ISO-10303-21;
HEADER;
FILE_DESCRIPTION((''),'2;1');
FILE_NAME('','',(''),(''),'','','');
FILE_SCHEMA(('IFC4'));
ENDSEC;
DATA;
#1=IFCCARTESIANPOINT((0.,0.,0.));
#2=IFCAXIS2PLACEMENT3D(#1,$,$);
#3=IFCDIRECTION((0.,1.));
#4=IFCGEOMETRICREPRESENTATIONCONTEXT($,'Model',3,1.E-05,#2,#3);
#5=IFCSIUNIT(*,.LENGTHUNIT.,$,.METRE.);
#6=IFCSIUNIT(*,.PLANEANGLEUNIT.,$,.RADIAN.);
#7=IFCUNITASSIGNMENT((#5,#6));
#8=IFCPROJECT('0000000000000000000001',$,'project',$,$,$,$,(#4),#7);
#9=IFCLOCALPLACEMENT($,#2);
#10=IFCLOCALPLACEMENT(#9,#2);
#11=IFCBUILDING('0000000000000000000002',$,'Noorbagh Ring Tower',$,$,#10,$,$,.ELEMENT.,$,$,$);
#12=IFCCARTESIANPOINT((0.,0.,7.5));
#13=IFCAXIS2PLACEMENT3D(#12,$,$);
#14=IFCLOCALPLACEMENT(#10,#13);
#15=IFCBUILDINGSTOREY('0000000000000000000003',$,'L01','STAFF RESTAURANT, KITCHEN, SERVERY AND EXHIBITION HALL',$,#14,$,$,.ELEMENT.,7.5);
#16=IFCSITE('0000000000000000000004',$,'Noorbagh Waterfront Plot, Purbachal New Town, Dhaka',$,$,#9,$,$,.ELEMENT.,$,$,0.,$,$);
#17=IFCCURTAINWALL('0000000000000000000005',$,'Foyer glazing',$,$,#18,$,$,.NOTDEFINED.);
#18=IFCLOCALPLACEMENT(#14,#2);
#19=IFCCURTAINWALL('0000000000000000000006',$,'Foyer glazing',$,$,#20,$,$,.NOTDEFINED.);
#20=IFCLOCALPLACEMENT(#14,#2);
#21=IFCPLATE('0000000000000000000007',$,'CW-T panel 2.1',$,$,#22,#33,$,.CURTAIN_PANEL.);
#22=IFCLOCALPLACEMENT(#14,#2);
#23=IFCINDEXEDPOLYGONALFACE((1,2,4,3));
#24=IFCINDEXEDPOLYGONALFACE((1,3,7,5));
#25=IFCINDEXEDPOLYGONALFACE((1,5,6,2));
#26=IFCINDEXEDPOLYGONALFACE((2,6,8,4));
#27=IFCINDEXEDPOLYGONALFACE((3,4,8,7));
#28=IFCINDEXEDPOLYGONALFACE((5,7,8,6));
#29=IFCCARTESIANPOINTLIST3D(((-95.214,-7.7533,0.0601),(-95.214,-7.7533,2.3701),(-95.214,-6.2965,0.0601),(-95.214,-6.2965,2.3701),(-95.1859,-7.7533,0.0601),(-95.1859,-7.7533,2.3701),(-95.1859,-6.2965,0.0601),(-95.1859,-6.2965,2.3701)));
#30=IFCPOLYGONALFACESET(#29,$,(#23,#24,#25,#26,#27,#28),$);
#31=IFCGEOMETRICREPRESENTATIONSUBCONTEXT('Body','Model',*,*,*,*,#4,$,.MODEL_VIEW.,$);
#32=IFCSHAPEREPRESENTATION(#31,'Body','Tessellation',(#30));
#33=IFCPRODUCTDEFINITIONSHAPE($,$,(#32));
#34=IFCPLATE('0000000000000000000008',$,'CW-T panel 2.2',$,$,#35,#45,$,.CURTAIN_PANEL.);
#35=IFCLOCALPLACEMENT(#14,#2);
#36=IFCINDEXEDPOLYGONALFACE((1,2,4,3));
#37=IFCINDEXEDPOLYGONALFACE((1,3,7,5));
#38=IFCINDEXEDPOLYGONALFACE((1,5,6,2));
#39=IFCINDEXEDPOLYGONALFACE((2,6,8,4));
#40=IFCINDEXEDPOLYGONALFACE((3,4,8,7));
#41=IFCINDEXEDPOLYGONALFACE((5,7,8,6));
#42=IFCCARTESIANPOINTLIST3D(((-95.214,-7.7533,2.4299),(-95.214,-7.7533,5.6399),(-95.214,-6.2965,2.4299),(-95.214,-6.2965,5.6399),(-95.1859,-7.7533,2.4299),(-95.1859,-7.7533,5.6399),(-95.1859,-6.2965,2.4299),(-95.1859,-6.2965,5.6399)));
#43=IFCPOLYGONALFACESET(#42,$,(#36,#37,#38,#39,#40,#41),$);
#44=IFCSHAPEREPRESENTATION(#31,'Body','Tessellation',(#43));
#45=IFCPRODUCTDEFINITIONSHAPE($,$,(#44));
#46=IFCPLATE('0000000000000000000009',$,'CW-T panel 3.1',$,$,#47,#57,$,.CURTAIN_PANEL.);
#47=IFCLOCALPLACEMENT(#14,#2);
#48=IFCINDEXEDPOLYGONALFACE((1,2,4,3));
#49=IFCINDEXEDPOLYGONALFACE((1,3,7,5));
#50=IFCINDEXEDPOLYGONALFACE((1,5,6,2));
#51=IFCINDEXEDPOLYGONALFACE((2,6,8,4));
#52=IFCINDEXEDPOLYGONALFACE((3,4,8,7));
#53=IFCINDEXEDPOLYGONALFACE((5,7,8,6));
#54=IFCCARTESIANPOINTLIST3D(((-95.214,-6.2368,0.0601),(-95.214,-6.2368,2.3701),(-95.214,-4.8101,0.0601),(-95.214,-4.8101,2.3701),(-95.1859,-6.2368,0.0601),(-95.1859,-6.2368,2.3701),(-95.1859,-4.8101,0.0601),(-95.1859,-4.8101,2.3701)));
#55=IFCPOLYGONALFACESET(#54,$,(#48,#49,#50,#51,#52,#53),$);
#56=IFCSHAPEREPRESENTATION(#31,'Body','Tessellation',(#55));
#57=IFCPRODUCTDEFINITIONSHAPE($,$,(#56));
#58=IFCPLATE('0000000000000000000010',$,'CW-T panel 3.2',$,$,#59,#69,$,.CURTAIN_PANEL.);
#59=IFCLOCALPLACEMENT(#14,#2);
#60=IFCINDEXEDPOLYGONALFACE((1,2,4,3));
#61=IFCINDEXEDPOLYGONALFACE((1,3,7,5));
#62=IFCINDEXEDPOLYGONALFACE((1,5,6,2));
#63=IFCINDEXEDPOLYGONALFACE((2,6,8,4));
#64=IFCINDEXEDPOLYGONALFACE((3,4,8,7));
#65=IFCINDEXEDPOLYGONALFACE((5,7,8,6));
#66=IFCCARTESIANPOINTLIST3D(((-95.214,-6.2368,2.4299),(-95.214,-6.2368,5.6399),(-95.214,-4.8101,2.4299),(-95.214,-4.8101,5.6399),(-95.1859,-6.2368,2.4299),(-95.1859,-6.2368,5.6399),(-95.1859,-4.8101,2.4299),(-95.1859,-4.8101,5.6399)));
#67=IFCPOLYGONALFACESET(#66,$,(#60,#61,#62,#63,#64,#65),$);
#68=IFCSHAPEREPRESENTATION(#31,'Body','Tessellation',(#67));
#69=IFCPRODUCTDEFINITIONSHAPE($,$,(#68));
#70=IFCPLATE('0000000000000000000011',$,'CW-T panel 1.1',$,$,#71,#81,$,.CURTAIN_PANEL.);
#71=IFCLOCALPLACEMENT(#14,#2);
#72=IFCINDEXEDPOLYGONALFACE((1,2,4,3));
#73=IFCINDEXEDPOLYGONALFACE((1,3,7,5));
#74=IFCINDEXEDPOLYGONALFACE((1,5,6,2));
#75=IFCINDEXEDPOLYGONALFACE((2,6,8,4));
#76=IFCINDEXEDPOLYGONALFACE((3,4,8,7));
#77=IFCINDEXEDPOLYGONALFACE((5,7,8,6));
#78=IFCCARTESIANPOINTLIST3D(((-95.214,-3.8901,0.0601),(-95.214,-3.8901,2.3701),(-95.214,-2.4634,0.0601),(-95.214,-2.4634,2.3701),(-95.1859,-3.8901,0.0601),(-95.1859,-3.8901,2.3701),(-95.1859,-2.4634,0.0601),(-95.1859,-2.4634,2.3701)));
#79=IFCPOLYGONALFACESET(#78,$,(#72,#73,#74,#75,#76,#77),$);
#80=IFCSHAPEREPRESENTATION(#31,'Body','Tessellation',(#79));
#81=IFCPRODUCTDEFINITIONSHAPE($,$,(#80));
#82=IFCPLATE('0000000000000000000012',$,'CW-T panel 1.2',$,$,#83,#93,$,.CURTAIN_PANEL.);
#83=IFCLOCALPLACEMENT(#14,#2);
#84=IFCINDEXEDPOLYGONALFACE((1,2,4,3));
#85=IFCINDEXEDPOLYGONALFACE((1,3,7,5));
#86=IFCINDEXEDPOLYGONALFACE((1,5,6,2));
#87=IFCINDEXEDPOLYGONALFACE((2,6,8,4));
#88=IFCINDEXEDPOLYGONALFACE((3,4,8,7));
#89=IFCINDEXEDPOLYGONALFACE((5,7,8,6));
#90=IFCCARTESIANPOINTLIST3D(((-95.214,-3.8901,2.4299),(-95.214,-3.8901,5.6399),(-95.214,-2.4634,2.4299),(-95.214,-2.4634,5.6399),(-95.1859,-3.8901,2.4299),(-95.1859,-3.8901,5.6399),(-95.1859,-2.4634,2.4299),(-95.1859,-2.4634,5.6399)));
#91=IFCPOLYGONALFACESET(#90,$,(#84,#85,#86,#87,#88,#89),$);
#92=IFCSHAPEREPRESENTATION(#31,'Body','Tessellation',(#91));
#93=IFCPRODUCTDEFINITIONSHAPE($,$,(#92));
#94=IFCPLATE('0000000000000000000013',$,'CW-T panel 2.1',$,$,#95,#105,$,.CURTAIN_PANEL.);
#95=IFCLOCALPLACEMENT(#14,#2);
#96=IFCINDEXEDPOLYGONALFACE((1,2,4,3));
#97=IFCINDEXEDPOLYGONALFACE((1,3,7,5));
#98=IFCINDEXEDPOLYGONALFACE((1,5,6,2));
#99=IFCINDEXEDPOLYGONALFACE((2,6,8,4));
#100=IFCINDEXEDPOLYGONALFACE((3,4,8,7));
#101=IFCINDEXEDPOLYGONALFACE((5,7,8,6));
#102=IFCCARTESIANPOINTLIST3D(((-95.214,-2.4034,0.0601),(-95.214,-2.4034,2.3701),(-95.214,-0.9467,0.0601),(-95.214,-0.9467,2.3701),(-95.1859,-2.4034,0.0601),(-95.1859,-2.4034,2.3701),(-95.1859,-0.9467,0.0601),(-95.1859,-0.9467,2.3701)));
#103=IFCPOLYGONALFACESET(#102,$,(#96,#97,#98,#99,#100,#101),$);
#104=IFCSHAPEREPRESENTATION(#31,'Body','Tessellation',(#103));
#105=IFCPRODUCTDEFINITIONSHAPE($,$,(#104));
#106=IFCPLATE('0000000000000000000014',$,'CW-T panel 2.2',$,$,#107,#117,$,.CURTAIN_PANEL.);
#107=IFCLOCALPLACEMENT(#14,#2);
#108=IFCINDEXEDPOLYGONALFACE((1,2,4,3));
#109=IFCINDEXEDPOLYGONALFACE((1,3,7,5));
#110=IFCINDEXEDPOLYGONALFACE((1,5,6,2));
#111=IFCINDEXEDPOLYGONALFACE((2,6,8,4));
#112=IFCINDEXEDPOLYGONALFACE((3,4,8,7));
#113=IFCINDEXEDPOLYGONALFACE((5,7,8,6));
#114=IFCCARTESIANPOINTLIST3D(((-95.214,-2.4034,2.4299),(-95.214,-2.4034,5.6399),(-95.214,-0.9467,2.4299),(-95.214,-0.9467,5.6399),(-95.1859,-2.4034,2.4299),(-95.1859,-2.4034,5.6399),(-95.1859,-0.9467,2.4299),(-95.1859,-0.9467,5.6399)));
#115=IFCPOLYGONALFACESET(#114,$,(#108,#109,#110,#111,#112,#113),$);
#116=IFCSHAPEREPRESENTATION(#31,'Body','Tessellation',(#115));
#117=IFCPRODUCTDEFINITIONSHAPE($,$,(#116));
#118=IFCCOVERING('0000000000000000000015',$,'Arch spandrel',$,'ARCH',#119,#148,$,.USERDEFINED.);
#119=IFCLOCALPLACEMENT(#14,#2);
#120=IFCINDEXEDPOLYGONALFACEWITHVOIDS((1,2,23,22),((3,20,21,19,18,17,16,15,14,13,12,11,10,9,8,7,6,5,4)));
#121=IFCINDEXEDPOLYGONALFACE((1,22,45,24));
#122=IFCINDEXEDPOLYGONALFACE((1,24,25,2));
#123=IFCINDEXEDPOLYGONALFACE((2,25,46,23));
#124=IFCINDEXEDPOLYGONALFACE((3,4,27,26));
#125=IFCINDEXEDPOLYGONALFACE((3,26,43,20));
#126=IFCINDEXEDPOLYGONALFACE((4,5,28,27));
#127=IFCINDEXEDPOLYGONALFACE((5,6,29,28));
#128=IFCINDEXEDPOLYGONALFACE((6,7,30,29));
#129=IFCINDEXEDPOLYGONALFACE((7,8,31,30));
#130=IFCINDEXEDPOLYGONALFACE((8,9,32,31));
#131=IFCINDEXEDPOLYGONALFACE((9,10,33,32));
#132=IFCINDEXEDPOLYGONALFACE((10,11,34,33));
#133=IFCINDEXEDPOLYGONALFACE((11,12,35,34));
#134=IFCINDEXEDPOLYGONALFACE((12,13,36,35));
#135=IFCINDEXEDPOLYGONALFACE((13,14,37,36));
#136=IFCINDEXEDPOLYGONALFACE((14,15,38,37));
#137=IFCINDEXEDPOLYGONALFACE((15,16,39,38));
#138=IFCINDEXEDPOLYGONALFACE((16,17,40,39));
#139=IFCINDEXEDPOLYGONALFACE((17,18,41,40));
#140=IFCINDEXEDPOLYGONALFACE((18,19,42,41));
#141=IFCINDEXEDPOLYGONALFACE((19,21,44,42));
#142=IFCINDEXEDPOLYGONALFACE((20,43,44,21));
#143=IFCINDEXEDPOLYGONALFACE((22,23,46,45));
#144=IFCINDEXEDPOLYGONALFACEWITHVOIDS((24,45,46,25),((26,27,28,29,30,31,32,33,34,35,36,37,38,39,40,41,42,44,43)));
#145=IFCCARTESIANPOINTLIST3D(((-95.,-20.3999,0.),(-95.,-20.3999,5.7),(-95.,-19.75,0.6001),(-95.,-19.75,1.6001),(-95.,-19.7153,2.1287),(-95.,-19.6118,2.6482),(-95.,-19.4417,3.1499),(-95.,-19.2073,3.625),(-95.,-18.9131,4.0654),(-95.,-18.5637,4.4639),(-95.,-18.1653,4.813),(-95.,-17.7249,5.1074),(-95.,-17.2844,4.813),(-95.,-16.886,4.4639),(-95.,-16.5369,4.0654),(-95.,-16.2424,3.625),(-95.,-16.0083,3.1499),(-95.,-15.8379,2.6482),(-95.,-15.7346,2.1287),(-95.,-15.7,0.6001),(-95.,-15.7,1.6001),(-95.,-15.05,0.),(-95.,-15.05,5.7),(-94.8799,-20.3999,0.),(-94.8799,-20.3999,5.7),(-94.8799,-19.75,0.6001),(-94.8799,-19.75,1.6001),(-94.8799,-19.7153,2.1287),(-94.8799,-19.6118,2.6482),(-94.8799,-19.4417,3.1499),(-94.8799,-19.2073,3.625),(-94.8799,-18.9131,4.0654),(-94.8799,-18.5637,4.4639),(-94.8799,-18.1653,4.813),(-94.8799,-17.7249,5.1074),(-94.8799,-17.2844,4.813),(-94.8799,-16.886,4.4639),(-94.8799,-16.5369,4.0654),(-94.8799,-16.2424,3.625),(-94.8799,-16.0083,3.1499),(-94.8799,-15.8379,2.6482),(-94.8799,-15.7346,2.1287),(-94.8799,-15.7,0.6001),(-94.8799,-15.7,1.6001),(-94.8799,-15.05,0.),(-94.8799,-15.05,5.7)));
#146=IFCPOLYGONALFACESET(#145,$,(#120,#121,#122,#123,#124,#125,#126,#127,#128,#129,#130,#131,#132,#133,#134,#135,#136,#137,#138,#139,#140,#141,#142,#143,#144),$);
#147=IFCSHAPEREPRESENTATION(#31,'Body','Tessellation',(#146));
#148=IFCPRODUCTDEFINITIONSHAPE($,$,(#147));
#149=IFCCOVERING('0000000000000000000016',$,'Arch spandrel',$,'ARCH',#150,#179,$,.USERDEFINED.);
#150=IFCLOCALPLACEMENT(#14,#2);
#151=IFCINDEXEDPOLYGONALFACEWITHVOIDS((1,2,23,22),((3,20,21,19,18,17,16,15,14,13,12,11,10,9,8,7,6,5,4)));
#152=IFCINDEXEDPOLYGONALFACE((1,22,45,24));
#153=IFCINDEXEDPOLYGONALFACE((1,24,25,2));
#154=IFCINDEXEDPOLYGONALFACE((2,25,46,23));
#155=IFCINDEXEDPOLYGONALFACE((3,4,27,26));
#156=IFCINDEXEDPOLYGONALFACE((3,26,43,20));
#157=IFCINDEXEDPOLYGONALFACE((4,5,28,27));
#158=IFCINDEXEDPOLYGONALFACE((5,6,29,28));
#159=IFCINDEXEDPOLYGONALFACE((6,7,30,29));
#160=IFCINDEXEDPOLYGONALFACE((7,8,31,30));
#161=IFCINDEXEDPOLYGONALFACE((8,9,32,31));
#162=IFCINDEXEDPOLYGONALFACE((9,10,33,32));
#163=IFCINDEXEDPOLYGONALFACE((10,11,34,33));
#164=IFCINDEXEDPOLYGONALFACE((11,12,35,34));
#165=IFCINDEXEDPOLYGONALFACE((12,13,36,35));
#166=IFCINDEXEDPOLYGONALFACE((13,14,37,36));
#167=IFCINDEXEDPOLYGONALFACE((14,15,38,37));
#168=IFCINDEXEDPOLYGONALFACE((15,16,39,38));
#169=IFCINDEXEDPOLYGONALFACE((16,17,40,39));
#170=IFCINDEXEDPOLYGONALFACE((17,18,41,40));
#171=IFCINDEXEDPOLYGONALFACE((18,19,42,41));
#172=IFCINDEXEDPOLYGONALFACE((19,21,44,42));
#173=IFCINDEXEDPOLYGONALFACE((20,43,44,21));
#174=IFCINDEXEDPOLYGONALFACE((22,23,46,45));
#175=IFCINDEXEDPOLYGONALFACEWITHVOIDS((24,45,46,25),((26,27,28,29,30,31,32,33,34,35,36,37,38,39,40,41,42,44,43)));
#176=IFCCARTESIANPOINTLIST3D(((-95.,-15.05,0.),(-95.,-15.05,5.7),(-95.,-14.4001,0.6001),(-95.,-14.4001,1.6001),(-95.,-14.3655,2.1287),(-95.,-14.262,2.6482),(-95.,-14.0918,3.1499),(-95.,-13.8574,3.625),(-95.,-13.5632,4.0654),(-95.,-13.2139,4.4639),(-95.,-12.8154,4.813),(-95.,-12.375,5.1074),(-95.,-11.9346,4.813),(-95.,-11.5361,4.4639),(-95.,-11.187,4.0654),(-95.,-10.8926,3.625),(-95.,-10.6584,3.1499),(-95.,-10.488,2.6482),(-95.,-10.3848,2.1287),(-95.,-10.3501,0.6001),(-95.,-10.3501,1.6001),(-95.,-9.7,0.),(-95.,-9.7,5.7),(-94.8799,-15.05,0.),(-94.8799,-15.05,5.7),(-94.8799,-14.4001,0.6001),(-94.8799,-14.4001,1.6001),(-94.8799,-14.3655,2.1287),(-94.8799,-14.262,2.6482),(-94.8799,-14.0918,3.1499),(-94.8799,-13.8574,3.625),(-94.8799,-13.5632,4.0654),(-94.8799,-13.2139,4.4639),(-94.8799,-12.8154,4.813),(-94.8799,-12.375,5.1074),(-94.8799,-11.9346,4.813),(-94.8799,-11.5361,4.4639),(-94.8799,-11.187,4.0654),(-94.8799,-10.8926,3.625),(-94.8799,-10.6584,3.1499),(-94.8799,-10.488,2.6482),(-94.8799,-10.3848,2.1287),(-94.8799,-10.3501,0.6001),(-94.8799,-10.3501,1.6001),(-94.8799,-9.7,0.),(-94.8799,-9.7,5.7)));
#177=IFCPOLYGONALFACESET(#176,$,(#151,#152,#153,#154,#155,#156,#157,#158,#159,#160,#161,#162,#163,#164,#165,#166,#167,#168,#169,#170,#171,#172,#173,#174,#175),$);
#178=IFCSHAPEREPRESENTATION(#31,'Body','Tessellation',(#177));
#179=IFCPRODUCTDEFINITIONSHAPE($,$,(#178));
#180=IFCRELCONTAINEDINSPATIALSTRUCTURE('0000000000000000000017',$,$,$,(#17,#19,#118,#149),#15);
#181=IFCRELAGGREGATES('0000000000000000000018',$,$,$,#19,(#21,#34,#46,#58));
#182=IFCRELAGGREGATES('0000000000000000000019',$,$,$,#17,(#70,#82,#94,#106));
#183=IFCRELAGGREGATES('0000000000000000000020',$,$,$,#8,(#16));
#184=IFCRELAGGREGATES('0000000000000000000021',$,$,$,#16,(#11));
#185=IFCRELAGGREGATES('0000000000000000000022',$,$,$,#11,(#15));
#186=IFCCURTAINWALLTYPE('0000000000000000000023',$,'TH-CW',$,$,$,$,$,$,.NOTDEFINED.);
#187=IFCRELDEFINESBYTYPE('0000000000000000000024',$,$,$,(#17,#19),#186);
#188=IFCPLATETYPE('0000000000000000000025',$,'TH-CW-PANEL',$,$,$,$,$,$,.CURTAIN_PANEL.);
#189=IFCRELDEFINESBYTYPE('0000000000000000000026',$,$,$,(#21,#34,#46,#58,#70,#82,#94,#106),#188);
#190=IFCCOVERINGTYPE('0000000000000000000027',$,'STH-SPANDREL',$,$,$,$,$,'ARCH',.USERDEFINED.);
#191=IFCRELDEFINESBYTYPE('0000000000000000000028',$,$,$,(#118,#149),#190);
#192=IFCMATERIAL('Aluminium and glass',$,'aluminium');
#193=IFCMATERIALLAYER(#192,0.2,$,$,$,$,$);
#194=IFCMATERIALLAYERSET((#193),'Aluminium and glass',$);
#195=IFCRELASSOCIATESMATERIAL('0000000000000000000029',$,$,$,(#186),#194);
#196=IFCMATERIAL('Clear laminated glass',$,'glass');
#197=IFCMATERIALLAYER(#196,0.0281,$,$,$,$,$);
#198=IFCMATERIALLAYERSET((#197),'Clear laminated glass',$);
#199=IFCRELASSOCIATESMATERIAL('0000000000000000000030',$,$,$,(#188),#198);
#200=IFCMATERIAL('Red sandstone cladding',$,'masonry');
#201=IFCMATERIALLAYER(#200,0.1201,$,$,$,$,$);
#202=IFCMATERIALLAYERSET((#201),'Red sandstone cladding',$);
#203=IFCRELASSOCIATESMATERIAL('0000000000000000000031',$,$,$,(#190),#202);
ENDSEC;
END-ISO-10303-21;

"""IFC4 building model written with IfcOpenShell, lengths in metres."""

from ifc_helpers import new_model, si_unit, direction, frame, origin, origin_2d, place, context, subcontext, project, spatial, polyline, rectangle, outline, extrude, material, layer, layer_set, type_object, element, aggregate, save


model = new_model("IFC4")

# Units and contexts
model_context = context("Model", 3, precision=1e-05, world=origin(), true_north=direction((0.0, 1.0)))
body_context = subcontext(model_context, "Body", "Model", "MODEL_VIEW")
ifc_project = project(units=[si_unit("LENGTHUNIT", "METRE"), si_unit("PLANEANGLEUNIT", "RADIAN")], contexts=[model_context])

# Site, building, storey
site_placement = place(None, origin())
site = spatial("IfcSite", under=ifc_project, at=site_placement, Name="Noorbagh Waterfront Plot, Purbachal New Town, Dhaka", CompositionType="ELEMENT", RefElevation=0.0)
building_placement = place(site_placement, origin())
building = spatial("IfcBuilding", under=site, at=building_placement, Name="Noorbagh Ring Tower", CompositionType="ELEMENT")
storey_placement = place(building_placement, frame((0.0, 0.0, 7.5)))
storey = spatial("IfcBuildingStorey", under=building, at=storey_placement, Name="L01", Description="STAFF RESTAURANT, KITCHEN, SERVERY AND EXHIBITION HALL", CompositionType="ELEMENT", Elevation=7.5)

# Curtain walls
ifc_material_1 = material(Name="Aluminium and glass", Category="aluminium")
ifc_layer_1 = layer(ifc_material_1, 0.2)
ifc_layer_set_1 = layer_set([ifc_layer_1], Name="Aluminium and glass")
curtain_wall_type = type_object("IfcCurtainWallType", Name="TH-CW", PredefinedType="NOTDEFINED", material=ifc_layer_set_1)
curtain_wall_1_placement = place(storey_placement, origin())
curtain_wall_1 = element("IfcCurtainWall", 1, at=curtain_wall_1_placement, inside=storey, type_object=curtain_wall_type, Name="Foyer glazing", PredefinedType="NOTDEFINED")
curtain_wall_2_placement = place(storey_placement, origin())
curtain_wall_2 = element("IfcCurtainWall", 2, at=curtain_wall_2_placement, inside=storey, type_object=curtain_wall_type, Name="Foyer glazing", PredefinedType="NOTDEFINED")

# Plates
ifc_material_2 = material(Name="Clear laminated glass", Category="glass")
ifc_layer_2 = layer(ifc_material_2, 0.0281)
ifc_layer_set_2 = layer_set([ifc_layer_2], Name="Clear laminated glass")
plate_type = type_object("IfcPlateType", Name="TH-CW-PANEL", PredefinedType="CURTAIN_PANEL", material=ifc_layer_set_2)
plate_1_placement = place(storey_placement, frame((-95.2, -7.0249, 0.0601), z_axis=(0.0, 0.0, 1.0), x_axis=(0.0, 1.0, 0.0)))
plate_1 = element("IfcPlate", 3, at=plate_1_placement, type_object=plate_type, Name="CW-T panel 2.1", PredefinedType="CURTAIN_PANEL", context=body_context, shape_type="SweptSolid", body=[
    extrude(rectangle(XDim=1.4568, YDim=0.0281, at=origin_2d()), origin(), (0.0, 0.0, 1.0), 2.3101),
])
plate_2_placement = place(storey_placement, frame((-95.2, -7.0249, 2.4299), z_axis=(0.0, 0.0, 1.0), x_axis=(0.0, 1.0, 0.0)))
plate_2 = element("IfcPlate", 4, at=plate_2_placement, type_object=plate_type, Name="CW-T panel 2.2", PredefinedType="CURTAIN_PANEL", context=body_context, shape_type="SweptSolid", body=[
    extrude(rectangle(XDim=1.4568, YDim=0.0281, at=origin_2d()), origin(), (0.0, 0.0, 1.0), 3.21),
])
plate_3_placement = place(storey_placement, frame((-95.2, -5.5234, 0.0601), z_axis=(0.0, 0.0, 1.0), x_axis=(0.0, 1.0, 0.0)))
plate_3 = element("IfcPlate", 5, at=plate_3_placement, type_object=plate_type, Name="CW-T panel 3.1", PredefinedType="CURTAIN_PANEL", context=body_context, shape_type="SweptSolid", body=[
    extrude(rectangle(XDim=1.4268, YDim=0.0281, at=origin_2d()), origin(), (0.0, 0.0, 1.0), 2.3101),
])
plate_4_placement = place(storey_placement, frame((-95.2, -5.5234, 2.4299), z_axis=(0.0, 0.0, 1.0), x_axis=(0.0, 1.0, 0.0)))
plate_4 = element("IfcPlate", 6, at=plate_4_placement, type_object=plate_type, Name="CW-T panel 3.2", PredefinedType="CURTAIN_PANEL", context=body_context, shape_type="SweptSolid", body=[
    extrude(rectangle(XDim=1.4268, YDim=0.0281, at=origin_2d()), origin(), (0.0, 0.0, 1.0), 3.21),
])
aggregate(curtain_wall_2, [plate_1, plate_2, plate_3, plate_4])
plate_5_placement = place(storey_placement, frame((-95.2, -3.1768, 0.0601), z_axis=(0.0, 0.0, 1.0), x_axis=(0.0, 1.0, 0.0)))
plate_5 = element("IfcPlate", 7, at=plate_5_placement, type_object=plate_type, Name="CW-T panel 1.1", PredefinedType="CURTAIN_PANEL", context=body_context, shape_type="SweptSolid", body=[
    extrude(rectangle(XDim=1.4268, YDim=0.0281, at=origin_2d()), origin(), (0.0, 0.0, 1.0), 2.3101),
])
plate_6_placement = place(storey_placement, frame((-95.2, -3.1768, 2.4299), z_axis=(0.0, 0.0, 1.0), x_axis=(0.0, 1.0, 0.0)))
plate_6 = element("IfcPlate", 8, at=plate_6_placement, type_object=plate_type, Name="CW-T panel 1.2", PredefinedType="CURTAIN_PANEL", context=body_context, shape_type="SweptSolid", body=[
    extrude(rectangle(XDim=1.4268, YDim=0.0281, at=origin_2d()), origin(), (0.0, 0.0, 1.0), 3.21),
])
plate_7_placement = place(storey_placement, frame((-95.2, -1.675, 0.0601), z_axis=(0.0, 0.0, 1.0), x_axis=(0.0, 1.0, 0.0)))
plate_7 = element("IfcPlate", 9, at=plate_7_placement, type_object=plate_type, Name="CW-T panel 2.1", PredefinedType="CURTAIN_PANEL", context=body_context, shape_type="SweptSolid", body=[
    extrude(rectangle(XDim=1.4568, YDim=0.0281, at=origin_2d()), origin(), (0.0, 0.0, 1.0), 2.3101),
])
plate_8_placement = place(storey_placement, frame((-95.2, -1.675, 2.4299), z_axis=(0.0, 0.0, 1.0), x_axis=(0.0, 1.0, 0.0)))
plate_8 = element("IfcPlate", 10, at=plate_8_placement, type_object=plate_type, Name="CW-T panel 2.2", PredefinedType="CURTAIN_PANEL", context=body_context, shape_type="SweptSolid", body=[
    extrude(rectangle(XDim=1.4568, YDim=0.0281, at=origin_2d()), origin(), (0.0, 0.0, 1.0), 3.21),
])
aggregate(curtain_wall_1, [plate_5, plate_6, plate_7, plate_8])

# Coverings
ifc_material_3 = material(Name="Red sandstone cladding", Category="masonry")
ifc_layer_3 = layer(ifc_material_3, 0.1201)
ifc_layer_set_3 = layer_set([ifc_layer_3], Name="Red sandstone cladding")
covering_type_1 = type_object("IfcCoveringType", Name="STH-SPANDREL", ElementType="ARCH", PredefinedType="USERDEFINED", material=ifc_layer_set_3)
covering_1_placement = place(storey_placement, frame((-94.8799, -20.3999, 0.0), z_axis=(1.0, 0.0, 0.0), x_axis=(0.0, 1.0, 0.0)))
element("IfcCovering", 11, at=covering_1_placement, inside=storey, type_object=covering_type_1, Name="Arch spandrel", ObjectType="ARCH", PredefinedType="USERDEFINED", context=body_context, shape_type="SweptSolid", body=[
    extrude(outline(polyline([(0.0, 0.0), (5.3499, 0.0), (5.3499, 5.7), (0.0, 5.7), (0.0, 0.0)]), holes=[polyline([(0.6499, 0.6001), (0.6499, 1.6001), (0.6846, 2.1287), (0.7881, 2.6482), (0.9583, 3.1499), (1.1926, 3.625), (1.4868, 4.0654), (1.8362, 4.4639), (2.2346, 4.813), (2.675, 5.1074), (3.1155, 4.813), (3.5139, 4.4639), (3.863, 4.0654), (4.1575, 3.625), (4.3916, 3.1499), (4.562, 2.6482), (4.6653, 2.1287), (4.7, 1.6001), (4.7, 0.6001), (0.6499, 0.6001)])]), origin(), (0.0, 0.0, -1.0), 0.1201),
])
covering_2_placement = place(storey_placement, frame((-94.8799, -15.05, 0.0), z_axis=(1.0, 0.0, 0.0), x_axis=(0.0, 1.0, 0.0)))
element("IfcCovering", 12, at=covering_2_placement, inside=storey, type_object=covering_type_1, Name="Arch spandrel", ObjectType="ARCH", PredefinedType="USERDEFINED", context=body_context, shape_type="SweptSolid", body=[
    extrude(outline(polyline([(0.0, 0.0), (5.3501, 0.0), (5.3501, 5.7), (0.0, 5.7), (0.0, 0.0)]), holes=[polyline([(0.6499, 0.6001), (0.6499, 1.6001), (0.6846, 2.1287), (0.7881, 2.6482), (0.9583, 3.1499), (1.1926, 3.625), (1.4868, 4.0654), (1.8362, 4.4639), (2.2346, 4.813), (2.675, 5.1074), (3.1155, 4.813), (3.5139, 4.4639), (3.863, 4.0654), (4.1575, 3.625), (4.3916, 3.1499), (4.562, 2.6482), (4.6653, 2.1287), (4.7, 1.6001), (4.7, 0.6001), (0.6499, 0.6001)])]), origin(), (0.0, 0.0, -1.0), 0.1201),
])

save(model, "model.ifc")
